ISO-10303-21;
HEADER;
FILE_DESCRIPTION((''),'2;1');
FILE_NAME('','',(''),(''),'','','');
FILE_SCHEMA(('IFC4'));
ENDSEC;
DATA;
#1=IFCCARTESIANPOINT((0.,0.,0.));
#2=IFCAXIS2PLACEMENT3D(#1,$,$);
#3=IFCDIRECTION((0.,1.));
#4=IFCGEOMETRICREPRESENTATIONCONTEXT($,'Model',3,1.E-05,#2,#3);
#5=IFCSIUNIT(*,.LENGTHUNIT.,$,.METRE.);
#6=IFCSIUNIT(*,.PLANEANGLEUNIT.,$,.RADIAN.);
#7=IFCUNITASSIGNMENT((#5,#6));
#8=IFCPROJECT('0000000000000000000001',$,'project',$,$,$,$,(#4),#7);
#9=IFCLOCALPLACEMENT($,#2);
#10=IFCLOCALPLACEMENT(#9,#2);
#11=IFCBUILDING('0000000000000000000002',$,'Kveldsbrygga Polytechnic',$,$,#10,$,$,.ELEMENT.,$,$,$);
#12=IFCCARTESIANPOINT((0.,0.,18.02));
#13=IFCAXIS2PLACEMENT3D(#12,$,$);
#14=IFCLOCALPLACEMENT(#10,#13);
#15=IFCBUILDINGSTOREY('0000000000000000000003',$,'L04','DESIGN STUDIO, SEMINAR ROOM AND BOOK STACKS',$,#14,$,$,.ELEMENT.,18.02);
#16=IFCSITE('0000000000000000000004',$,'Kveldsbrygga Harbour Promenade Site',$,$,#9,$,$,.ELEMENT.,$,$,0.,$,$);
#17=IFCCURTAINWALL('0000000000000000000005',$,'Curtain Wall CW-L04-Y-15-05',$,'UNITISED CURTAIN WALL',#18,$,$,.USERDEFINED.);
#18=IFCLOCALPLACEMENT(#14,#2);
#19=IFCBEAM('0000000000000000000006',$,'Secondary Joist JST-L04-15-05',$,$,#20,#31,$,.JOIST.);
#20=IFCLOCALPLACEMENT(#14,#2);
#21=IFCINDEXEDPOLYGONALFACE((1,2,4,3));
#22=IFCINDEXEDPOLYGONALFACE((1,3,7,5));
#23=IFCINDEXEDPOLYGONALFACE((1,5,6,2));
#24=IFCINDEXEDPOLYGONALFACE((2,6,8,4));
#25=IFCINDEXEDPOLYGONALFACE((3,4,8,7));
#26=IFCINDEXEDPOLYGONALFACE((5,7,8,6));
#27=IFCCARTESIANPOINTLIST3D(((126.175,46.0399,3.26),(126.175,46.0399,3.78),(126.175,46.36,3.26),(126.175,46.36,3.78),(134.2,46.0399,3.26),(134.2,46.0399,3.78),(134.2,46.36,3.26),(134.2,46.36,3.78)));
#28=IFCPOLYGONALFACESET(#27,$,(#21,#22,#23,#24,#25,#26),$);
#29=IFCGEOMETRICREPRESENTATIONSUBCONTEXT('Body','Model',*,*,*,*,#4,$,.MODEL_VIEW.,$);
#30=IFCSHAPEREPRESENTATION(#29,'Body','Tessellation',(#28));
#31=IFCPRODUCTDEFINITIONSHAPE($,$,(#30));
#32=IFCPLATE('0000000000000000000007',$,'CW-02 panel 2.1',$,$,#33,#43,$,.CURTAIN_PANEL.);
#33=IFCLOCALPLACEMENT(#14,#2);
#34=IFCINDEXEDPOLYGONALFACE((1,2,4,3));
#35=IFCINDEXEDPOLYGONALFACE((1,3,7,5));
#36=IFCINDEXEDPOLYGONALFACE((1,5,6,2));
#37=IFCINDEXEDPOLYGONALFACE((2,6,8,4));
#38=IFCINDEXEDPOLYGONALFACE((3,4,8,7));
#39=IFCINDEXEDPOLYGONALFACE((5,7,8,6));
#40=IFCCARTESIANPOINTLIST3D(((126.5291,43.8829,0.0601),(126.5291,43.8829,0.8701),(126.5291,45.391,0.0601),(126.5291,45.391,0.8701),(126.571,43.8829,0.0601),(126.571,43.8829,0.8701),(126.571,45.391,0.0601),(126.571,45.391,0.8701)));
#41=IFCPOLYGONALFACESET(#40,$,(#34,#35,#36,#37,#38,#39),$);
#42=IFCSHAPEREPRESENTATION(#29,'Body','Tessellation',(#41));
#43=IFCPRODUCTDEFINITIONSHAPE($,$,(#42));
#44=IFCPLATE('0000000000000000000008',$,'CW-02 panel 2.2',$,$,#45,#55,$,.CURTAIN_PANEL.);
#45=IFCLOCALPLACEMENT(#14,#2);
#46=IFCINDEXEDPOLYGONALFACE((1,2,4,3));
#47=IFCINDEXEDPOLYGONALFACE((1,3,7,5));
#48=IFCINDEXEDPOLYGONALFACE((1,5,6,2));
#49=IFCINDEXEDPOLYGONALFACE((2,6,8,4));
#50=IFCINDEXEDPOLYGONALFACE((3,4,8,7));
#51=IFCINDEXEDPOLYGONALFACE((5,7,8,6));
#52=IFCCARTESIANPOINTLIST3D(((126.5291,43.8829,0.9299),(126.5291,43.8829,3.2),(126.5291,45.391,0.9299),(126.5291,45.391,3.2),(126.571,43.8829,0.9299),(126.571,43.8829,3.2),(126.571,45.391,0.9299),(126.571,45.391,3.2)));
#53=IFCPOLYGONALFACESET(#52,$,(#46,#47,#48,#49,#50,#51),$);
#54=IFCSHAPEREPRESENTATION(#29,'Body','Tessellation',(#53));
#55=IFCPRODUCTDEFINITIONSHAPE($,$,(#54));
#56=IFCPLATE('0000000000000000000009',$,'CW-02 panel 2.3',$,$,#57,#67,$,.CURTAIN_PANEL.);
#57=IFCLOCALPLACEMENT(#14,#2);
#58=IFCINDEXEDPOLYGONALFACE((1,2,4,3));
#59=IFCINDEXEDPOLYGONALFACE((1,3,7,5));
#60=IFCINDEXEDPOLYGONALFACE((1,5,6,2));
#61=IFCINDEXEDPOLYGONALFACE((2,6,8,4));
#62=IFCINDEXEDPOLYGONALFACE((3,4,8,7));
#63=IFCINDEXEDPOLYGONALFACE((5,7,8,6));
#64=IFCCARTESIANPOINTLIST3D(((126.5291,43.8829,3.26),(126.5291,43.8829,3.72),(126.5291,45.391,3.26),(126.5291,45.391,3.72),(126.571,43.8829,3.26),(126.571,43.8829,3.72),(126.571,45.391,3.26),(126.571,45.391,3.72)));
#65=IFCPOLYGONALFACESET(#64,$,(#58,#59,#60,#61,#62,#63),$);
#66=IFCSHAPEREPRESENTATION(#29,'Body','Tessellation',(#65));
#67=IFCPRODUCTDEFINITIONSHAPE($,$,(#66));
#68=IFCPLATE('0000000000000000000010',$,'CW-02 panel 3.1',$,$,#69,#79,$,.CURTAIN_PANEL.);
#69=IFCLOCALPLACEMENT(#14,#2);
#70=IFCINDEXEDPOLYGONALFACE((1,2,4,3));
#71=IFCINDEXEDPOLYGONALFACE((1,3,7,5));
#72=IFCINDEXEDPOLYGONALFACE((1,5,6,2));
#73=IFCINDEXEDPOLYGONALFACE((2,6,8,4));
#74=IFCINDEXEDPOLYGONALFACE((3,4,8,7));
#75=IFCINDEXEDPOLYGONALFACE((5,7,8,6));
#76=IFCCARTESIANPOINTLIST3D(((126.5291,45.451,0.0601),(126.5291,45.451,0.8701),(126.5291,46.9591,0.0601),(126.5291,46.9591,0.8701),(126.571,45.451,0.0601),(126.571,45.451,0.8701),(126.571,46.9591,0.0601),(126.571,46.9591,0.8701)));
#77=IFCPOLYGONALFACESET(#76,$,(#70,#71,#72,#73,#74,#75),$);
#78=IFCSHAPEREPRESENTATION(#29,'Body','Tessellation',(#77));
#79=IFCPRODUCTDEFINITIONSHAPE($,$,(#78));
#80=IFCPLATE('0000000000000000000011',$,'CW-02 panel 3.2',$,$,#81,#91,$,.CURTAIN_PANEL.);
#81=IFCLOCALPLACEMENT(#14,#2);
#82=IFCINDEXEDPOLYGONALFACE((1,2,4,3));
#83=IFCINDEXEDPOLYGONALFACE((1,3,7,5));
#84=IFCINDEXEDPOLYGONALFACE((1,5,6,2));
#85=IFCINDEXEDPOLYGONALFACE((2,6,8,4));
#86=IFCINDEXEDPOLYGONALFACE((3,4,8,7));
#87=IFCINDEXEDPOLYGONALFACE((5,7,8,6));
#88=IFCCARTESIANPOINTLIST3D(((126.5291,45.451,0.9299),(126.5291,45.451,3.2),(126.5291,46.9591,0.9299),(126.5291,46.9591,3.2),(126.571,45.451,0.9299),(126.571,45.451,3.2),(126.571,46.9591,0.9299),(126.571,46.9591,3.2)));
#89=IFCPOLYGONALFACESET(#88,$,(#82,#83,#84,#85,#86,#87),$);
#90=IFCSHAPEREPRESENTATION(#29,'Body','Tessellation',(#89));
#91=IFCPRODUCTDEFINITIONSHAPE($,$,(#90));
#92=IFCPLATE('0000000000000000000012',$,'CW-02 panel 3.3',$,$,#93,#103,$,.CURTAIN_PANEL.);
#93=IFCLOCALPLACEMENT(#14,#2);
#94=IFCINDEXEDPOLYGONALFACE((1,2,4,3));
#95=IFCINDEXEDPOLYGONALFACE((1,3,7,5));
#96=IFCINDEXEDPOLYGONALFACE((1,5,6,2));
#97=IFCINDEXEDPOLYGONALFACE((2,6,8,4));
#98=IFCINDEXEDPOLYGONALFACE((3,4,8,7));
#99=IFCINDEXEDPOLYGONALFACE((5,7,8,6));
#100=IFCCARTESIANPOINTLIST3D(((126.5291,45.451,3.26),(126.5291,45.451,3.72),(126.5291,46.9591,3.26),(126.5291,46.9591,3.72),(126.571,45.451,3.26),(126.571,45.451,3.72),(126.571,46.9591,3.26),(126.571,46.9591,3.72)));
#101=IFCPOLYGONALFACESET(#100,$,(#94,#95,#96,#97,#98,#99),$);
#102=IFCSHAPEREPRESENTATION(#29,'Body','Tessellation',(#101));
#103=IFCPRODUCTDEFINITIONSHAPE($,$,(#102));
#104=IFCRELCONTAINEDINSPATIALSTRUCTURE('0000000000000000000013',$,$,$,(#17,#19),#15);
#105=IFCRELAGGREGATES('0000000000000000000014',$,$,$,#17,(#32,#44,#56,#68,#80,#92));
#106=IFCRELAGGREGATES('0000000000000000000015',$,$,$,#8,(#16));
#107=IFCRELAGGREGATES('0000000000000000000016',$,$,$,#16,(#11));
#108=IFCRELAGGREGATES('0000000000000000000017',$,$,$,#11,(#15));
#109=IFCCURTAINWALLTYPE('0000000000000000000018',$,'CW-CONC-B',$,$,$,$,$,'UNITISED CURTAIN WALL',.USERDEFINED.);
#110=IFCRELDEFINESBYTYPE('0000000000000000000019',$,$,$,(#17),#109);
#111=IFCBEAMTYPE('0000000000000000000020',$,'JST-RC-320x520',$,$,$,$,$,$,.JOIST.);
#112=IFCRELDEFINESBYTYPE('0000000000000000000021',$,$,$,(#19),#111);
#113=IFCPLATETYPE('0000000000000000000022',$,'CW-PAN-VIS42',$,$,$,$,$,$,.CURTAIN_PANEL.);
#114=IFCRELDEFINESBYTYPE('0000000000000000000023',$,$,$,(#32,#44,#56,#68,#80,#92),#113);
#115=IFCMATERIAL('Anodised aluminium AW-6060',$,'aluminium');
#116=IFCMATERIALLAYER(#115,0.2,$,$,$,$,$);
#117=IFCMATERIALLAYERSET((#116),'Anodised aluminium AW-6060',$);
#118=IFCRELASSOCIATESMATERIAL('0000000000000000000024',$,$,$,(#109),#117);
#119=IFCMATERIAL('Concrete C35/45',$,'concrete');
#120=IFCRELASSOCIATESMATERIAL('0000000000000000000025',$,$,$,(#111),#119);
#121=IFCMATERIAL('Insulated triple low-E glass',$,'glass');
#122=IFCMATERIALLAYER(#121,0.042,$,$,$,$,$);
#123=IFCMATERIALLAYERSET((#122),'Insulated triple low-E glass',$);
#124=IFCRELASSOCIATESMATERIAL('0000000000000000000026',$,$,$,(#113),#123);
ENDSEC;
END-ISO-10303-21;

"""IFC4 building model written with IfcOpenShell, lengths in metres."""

from ifc_helpers import new_model, si_unit, direction, frame, origin, origin_2d, place, context, subcontext, project, spatial, rectangle, extrude, material, layer, layer_set, material_profile, profile_set, type_object, element, aggregate, save


model = new_model("IFC4")

# Units and contexts
model_context = context("Model", 3, precision=1e-05, world=origin(), true_north=direction((0.0, 1.0)))
body_context = subcontext(model_context, "Body", "Model", "MODEL_VIEW")
ifc_project = project(units=[si_unit("LENGTHUNIT", "METRE"), si_unit("PLANEANGLEUNIT", "RADIAN")], contexts=[model_context])

# Site, building, storey
site_placement = place(None, origin())
site = spatial("IfcSite", under=ifc_project, at=site_placement, Name="Kveldsbrygga Harbour Promenade Site", CompositionType="ELEMENT", RefElevation=0.0)
building_placement = place(site_placement, origin())
building = spatial("IfcBuilding", under=site, at=building_placement, Name="Kveldsbrygga Polytechnic", CompositionType="ELEMENT")
storey_placement = place(building_placement, frame((0.0, 0.0, 18.02)))
storey = spatial("IfcBuildingStorey", under=building, at=storey_placement, Name="L04", Description="DESIGN STUDIO, SEMINAR ROOM AND BOOK STACKS", CompositionType="ELEMENT", Elevation=18.02)

# Curtain wall
ifc_material_1 = material(Name="Anodised aluminium AW-6060", Category="aluminium")
ifc_layer_1 = layer(ifc_material_1, 0.2)
ifc_layer_set_1 = layer_set([ifc_layer_1], Name="Anodised aluminium AW-6060")
curtain_wall_type = type_object("IfcCurtainWallType", Name="CW-CONC-B", ElementType="UNITISED CURTAIN WALL", PredefinedType="USERDEFINED", material=ifc_layer_set_1)
curtain_wall_placement = place(storey_placement, origin())
curtain_wall = element("IfcCurtainWall", 1, at=curtain_wall_placement, inside=storey, type_object=curtain_wall_type, Name="Curtain Wall CW-L04-Y-15-05", ObjectType="UNITISED CURTAIN WALL", PredefinedType="USERDEFINED")

# Beam
ifc_material_2 = material(Name="Concrete C35/45", Category="concrete")
ifc_material_profile_1 = material_profile(ifc_material_2, rectangle(XDim=0.3201, YDim=0.52, at=origin_2d()), Name="RC 320x520")
ifc_profile_set_1 = profile_set([ifc_material_profile_1], Name="Concrete C35/45")
beam_type = type_object("IfcBeamType", Name="JST-RC-320x520", PredefinedType="JOIST", material=ifc_profile_set_1)
beam_placement = place(storey_placement, frame((126.175, 46.2, 3.52), z_axis=(1.0, 0.0, 0.0), x_axis=(0.0, 1.0, 0.0)))
element("IfcBeam", 2, at=beam_placement, inside=storey, type_object=beam_type, Name="Secondary Joist JST-L04-15-05", PredefinedType="JOIST", context=body_context, shape_type="SweptSolid", body=[
    extrude(rectangle(XDim=0.3201, YDim=0.52, at=origin_2d()), origin(), (0.0, 0.0, 1.0), 8.0249),
])

# Plates
ifc_material_3 = material(Name="Insulated triple low-E glass", Category="glass")
ifc_layer_2 = layer(ifc_material_3, 0.042)
ifc_layer_set_2 = layer_set([ifc_layer_2], Name="Insulated triple low-E glass")
plate_type = type_object("IfcPlateType", Name="CW-PAN-VIS42", PredefinedType="CURTAIN_PANEL", material=ifc_layer_set_2)
plate_1_placement = place(storey_placement, frame((126.55, 44.637, 0.0601), z_axis=(0.0, 0.0, 1.0), x_axis=(0.0, 1.0, 0.0)))
plate_1 = element("IfcPlate", 3, at=plate_1_placement, type_object=plate_type, Name="CW-02 panel 2.1", PredefinedType="CURTAIN_PANEL", context=body_context, shape_type="SweptSolid", body=[
    extrude(rectangle(XDim=1.5081, YDim=0.042, at=origin_2d()), origin(), (0.0, 0.0, 1.0), 0.8101),
])
plate_2_placement = place(storey_placement, frame((126.55, 44.637, 0.9299), z_axis=(0.0, 0.0, 1.0), x_axis=(0.0, 1.0, 0.0)))
plate_2 = element("IfcPlate", 4, at=plate_2_placement, type_object=plate_type, Name="CW-02 panel 2.2", PredefinedType="CURTAIN_PANEL", context=body_context, shape_type="SweptSolid", body=[
    extrude(rectangle(XDim=1.5081, YDim=0.042, at=origin_2d()), origin(), (0.0, 0.0, 1.0), 2.27),
])
plate_3_placement = place(storey_placement, frame((126.55, 44.637, 3.26), z_axis=(0.0, 0.0, 1.0), x_axis=(0.0, 1.0, 0.0)))
plate_3 = element("IfcPlate", 5, at=plate_3_placement, type_object=plate_type, Name="CW-02 panel 2.3", PredefinedType="CURTAIN_PANEL", context=body_context, shape_type="SweptSolid", body=[
    extrude(rectangle(XDim=1.5081, YDim=0.042, at=origin_2d()), origin(), (0.0, 0.0, 1.0), 0.46),
])
plate_4_placement = place(storey_placement, frame((126.55, 46.2051, 0.0601), z_axis=(0.0, 0.0, 1.0), x_axis=(0.0, 1.0, 0.0)))
plate_4 = element("IfcPlate", 6, at=plate_4_placement, type_object=plate_type, Name="CW-02 panel 3.1", PredefinedType="CURTAIN_PANEL", context=body_context, shape_type="SweptSolid", body=[
    extrude(rectangle(XDim=1.5081, YDim=0.042, at=origin_2d()), origin(), (0.0, 0.0, 1.0), 0.8101),
])
plate_5_placement = place(storey_placement, frame((126.55, 46.2051, 0.9299), z_axis=(0.0, 0.0, 1.0), x_axis=(0.0, 1.0, 0.0)))
plate_5 = element("IfcPlate", 7, at=plate_5_placement, type_object=plate_type, Name="CW-02 panel 3.2", PredefinedType="CURTAIN_PANEL", context=body_context, shape_type="SweptSolid", body=[
    extrude(rectangle(XDim=1.5081, YDim=0.042, at=origin_2d()), origin(), (0.0, 0.0, 1.0), 2.27),
])
plate_6_placement = place(storey_placement, frame((126.55, 46.2051, 3.26), z_axis=(0.0, 0.0, 1.0), x_axis=(0.0, 1.0, 0.0)))
plate_6 = element("IfcPlate", 8, at=plate_6_placement, type_object=plate_type, Name="CW-02 panel 3.3", PredefinedType="CURTAIN_PANEL", context=body_context, shape_type="SweptSolid", body=[
    extrude(rectangle(XDim=1.5081, YDim=0.042, at=origin_2d()), origin(), (0.0, 0.0, 1.0), 0.46),
])
aggregate(curtain_wall, [plate_1, plate_2, plate_3, plate_4, plate_5, plate_6])

save(model, "model.ifc")
